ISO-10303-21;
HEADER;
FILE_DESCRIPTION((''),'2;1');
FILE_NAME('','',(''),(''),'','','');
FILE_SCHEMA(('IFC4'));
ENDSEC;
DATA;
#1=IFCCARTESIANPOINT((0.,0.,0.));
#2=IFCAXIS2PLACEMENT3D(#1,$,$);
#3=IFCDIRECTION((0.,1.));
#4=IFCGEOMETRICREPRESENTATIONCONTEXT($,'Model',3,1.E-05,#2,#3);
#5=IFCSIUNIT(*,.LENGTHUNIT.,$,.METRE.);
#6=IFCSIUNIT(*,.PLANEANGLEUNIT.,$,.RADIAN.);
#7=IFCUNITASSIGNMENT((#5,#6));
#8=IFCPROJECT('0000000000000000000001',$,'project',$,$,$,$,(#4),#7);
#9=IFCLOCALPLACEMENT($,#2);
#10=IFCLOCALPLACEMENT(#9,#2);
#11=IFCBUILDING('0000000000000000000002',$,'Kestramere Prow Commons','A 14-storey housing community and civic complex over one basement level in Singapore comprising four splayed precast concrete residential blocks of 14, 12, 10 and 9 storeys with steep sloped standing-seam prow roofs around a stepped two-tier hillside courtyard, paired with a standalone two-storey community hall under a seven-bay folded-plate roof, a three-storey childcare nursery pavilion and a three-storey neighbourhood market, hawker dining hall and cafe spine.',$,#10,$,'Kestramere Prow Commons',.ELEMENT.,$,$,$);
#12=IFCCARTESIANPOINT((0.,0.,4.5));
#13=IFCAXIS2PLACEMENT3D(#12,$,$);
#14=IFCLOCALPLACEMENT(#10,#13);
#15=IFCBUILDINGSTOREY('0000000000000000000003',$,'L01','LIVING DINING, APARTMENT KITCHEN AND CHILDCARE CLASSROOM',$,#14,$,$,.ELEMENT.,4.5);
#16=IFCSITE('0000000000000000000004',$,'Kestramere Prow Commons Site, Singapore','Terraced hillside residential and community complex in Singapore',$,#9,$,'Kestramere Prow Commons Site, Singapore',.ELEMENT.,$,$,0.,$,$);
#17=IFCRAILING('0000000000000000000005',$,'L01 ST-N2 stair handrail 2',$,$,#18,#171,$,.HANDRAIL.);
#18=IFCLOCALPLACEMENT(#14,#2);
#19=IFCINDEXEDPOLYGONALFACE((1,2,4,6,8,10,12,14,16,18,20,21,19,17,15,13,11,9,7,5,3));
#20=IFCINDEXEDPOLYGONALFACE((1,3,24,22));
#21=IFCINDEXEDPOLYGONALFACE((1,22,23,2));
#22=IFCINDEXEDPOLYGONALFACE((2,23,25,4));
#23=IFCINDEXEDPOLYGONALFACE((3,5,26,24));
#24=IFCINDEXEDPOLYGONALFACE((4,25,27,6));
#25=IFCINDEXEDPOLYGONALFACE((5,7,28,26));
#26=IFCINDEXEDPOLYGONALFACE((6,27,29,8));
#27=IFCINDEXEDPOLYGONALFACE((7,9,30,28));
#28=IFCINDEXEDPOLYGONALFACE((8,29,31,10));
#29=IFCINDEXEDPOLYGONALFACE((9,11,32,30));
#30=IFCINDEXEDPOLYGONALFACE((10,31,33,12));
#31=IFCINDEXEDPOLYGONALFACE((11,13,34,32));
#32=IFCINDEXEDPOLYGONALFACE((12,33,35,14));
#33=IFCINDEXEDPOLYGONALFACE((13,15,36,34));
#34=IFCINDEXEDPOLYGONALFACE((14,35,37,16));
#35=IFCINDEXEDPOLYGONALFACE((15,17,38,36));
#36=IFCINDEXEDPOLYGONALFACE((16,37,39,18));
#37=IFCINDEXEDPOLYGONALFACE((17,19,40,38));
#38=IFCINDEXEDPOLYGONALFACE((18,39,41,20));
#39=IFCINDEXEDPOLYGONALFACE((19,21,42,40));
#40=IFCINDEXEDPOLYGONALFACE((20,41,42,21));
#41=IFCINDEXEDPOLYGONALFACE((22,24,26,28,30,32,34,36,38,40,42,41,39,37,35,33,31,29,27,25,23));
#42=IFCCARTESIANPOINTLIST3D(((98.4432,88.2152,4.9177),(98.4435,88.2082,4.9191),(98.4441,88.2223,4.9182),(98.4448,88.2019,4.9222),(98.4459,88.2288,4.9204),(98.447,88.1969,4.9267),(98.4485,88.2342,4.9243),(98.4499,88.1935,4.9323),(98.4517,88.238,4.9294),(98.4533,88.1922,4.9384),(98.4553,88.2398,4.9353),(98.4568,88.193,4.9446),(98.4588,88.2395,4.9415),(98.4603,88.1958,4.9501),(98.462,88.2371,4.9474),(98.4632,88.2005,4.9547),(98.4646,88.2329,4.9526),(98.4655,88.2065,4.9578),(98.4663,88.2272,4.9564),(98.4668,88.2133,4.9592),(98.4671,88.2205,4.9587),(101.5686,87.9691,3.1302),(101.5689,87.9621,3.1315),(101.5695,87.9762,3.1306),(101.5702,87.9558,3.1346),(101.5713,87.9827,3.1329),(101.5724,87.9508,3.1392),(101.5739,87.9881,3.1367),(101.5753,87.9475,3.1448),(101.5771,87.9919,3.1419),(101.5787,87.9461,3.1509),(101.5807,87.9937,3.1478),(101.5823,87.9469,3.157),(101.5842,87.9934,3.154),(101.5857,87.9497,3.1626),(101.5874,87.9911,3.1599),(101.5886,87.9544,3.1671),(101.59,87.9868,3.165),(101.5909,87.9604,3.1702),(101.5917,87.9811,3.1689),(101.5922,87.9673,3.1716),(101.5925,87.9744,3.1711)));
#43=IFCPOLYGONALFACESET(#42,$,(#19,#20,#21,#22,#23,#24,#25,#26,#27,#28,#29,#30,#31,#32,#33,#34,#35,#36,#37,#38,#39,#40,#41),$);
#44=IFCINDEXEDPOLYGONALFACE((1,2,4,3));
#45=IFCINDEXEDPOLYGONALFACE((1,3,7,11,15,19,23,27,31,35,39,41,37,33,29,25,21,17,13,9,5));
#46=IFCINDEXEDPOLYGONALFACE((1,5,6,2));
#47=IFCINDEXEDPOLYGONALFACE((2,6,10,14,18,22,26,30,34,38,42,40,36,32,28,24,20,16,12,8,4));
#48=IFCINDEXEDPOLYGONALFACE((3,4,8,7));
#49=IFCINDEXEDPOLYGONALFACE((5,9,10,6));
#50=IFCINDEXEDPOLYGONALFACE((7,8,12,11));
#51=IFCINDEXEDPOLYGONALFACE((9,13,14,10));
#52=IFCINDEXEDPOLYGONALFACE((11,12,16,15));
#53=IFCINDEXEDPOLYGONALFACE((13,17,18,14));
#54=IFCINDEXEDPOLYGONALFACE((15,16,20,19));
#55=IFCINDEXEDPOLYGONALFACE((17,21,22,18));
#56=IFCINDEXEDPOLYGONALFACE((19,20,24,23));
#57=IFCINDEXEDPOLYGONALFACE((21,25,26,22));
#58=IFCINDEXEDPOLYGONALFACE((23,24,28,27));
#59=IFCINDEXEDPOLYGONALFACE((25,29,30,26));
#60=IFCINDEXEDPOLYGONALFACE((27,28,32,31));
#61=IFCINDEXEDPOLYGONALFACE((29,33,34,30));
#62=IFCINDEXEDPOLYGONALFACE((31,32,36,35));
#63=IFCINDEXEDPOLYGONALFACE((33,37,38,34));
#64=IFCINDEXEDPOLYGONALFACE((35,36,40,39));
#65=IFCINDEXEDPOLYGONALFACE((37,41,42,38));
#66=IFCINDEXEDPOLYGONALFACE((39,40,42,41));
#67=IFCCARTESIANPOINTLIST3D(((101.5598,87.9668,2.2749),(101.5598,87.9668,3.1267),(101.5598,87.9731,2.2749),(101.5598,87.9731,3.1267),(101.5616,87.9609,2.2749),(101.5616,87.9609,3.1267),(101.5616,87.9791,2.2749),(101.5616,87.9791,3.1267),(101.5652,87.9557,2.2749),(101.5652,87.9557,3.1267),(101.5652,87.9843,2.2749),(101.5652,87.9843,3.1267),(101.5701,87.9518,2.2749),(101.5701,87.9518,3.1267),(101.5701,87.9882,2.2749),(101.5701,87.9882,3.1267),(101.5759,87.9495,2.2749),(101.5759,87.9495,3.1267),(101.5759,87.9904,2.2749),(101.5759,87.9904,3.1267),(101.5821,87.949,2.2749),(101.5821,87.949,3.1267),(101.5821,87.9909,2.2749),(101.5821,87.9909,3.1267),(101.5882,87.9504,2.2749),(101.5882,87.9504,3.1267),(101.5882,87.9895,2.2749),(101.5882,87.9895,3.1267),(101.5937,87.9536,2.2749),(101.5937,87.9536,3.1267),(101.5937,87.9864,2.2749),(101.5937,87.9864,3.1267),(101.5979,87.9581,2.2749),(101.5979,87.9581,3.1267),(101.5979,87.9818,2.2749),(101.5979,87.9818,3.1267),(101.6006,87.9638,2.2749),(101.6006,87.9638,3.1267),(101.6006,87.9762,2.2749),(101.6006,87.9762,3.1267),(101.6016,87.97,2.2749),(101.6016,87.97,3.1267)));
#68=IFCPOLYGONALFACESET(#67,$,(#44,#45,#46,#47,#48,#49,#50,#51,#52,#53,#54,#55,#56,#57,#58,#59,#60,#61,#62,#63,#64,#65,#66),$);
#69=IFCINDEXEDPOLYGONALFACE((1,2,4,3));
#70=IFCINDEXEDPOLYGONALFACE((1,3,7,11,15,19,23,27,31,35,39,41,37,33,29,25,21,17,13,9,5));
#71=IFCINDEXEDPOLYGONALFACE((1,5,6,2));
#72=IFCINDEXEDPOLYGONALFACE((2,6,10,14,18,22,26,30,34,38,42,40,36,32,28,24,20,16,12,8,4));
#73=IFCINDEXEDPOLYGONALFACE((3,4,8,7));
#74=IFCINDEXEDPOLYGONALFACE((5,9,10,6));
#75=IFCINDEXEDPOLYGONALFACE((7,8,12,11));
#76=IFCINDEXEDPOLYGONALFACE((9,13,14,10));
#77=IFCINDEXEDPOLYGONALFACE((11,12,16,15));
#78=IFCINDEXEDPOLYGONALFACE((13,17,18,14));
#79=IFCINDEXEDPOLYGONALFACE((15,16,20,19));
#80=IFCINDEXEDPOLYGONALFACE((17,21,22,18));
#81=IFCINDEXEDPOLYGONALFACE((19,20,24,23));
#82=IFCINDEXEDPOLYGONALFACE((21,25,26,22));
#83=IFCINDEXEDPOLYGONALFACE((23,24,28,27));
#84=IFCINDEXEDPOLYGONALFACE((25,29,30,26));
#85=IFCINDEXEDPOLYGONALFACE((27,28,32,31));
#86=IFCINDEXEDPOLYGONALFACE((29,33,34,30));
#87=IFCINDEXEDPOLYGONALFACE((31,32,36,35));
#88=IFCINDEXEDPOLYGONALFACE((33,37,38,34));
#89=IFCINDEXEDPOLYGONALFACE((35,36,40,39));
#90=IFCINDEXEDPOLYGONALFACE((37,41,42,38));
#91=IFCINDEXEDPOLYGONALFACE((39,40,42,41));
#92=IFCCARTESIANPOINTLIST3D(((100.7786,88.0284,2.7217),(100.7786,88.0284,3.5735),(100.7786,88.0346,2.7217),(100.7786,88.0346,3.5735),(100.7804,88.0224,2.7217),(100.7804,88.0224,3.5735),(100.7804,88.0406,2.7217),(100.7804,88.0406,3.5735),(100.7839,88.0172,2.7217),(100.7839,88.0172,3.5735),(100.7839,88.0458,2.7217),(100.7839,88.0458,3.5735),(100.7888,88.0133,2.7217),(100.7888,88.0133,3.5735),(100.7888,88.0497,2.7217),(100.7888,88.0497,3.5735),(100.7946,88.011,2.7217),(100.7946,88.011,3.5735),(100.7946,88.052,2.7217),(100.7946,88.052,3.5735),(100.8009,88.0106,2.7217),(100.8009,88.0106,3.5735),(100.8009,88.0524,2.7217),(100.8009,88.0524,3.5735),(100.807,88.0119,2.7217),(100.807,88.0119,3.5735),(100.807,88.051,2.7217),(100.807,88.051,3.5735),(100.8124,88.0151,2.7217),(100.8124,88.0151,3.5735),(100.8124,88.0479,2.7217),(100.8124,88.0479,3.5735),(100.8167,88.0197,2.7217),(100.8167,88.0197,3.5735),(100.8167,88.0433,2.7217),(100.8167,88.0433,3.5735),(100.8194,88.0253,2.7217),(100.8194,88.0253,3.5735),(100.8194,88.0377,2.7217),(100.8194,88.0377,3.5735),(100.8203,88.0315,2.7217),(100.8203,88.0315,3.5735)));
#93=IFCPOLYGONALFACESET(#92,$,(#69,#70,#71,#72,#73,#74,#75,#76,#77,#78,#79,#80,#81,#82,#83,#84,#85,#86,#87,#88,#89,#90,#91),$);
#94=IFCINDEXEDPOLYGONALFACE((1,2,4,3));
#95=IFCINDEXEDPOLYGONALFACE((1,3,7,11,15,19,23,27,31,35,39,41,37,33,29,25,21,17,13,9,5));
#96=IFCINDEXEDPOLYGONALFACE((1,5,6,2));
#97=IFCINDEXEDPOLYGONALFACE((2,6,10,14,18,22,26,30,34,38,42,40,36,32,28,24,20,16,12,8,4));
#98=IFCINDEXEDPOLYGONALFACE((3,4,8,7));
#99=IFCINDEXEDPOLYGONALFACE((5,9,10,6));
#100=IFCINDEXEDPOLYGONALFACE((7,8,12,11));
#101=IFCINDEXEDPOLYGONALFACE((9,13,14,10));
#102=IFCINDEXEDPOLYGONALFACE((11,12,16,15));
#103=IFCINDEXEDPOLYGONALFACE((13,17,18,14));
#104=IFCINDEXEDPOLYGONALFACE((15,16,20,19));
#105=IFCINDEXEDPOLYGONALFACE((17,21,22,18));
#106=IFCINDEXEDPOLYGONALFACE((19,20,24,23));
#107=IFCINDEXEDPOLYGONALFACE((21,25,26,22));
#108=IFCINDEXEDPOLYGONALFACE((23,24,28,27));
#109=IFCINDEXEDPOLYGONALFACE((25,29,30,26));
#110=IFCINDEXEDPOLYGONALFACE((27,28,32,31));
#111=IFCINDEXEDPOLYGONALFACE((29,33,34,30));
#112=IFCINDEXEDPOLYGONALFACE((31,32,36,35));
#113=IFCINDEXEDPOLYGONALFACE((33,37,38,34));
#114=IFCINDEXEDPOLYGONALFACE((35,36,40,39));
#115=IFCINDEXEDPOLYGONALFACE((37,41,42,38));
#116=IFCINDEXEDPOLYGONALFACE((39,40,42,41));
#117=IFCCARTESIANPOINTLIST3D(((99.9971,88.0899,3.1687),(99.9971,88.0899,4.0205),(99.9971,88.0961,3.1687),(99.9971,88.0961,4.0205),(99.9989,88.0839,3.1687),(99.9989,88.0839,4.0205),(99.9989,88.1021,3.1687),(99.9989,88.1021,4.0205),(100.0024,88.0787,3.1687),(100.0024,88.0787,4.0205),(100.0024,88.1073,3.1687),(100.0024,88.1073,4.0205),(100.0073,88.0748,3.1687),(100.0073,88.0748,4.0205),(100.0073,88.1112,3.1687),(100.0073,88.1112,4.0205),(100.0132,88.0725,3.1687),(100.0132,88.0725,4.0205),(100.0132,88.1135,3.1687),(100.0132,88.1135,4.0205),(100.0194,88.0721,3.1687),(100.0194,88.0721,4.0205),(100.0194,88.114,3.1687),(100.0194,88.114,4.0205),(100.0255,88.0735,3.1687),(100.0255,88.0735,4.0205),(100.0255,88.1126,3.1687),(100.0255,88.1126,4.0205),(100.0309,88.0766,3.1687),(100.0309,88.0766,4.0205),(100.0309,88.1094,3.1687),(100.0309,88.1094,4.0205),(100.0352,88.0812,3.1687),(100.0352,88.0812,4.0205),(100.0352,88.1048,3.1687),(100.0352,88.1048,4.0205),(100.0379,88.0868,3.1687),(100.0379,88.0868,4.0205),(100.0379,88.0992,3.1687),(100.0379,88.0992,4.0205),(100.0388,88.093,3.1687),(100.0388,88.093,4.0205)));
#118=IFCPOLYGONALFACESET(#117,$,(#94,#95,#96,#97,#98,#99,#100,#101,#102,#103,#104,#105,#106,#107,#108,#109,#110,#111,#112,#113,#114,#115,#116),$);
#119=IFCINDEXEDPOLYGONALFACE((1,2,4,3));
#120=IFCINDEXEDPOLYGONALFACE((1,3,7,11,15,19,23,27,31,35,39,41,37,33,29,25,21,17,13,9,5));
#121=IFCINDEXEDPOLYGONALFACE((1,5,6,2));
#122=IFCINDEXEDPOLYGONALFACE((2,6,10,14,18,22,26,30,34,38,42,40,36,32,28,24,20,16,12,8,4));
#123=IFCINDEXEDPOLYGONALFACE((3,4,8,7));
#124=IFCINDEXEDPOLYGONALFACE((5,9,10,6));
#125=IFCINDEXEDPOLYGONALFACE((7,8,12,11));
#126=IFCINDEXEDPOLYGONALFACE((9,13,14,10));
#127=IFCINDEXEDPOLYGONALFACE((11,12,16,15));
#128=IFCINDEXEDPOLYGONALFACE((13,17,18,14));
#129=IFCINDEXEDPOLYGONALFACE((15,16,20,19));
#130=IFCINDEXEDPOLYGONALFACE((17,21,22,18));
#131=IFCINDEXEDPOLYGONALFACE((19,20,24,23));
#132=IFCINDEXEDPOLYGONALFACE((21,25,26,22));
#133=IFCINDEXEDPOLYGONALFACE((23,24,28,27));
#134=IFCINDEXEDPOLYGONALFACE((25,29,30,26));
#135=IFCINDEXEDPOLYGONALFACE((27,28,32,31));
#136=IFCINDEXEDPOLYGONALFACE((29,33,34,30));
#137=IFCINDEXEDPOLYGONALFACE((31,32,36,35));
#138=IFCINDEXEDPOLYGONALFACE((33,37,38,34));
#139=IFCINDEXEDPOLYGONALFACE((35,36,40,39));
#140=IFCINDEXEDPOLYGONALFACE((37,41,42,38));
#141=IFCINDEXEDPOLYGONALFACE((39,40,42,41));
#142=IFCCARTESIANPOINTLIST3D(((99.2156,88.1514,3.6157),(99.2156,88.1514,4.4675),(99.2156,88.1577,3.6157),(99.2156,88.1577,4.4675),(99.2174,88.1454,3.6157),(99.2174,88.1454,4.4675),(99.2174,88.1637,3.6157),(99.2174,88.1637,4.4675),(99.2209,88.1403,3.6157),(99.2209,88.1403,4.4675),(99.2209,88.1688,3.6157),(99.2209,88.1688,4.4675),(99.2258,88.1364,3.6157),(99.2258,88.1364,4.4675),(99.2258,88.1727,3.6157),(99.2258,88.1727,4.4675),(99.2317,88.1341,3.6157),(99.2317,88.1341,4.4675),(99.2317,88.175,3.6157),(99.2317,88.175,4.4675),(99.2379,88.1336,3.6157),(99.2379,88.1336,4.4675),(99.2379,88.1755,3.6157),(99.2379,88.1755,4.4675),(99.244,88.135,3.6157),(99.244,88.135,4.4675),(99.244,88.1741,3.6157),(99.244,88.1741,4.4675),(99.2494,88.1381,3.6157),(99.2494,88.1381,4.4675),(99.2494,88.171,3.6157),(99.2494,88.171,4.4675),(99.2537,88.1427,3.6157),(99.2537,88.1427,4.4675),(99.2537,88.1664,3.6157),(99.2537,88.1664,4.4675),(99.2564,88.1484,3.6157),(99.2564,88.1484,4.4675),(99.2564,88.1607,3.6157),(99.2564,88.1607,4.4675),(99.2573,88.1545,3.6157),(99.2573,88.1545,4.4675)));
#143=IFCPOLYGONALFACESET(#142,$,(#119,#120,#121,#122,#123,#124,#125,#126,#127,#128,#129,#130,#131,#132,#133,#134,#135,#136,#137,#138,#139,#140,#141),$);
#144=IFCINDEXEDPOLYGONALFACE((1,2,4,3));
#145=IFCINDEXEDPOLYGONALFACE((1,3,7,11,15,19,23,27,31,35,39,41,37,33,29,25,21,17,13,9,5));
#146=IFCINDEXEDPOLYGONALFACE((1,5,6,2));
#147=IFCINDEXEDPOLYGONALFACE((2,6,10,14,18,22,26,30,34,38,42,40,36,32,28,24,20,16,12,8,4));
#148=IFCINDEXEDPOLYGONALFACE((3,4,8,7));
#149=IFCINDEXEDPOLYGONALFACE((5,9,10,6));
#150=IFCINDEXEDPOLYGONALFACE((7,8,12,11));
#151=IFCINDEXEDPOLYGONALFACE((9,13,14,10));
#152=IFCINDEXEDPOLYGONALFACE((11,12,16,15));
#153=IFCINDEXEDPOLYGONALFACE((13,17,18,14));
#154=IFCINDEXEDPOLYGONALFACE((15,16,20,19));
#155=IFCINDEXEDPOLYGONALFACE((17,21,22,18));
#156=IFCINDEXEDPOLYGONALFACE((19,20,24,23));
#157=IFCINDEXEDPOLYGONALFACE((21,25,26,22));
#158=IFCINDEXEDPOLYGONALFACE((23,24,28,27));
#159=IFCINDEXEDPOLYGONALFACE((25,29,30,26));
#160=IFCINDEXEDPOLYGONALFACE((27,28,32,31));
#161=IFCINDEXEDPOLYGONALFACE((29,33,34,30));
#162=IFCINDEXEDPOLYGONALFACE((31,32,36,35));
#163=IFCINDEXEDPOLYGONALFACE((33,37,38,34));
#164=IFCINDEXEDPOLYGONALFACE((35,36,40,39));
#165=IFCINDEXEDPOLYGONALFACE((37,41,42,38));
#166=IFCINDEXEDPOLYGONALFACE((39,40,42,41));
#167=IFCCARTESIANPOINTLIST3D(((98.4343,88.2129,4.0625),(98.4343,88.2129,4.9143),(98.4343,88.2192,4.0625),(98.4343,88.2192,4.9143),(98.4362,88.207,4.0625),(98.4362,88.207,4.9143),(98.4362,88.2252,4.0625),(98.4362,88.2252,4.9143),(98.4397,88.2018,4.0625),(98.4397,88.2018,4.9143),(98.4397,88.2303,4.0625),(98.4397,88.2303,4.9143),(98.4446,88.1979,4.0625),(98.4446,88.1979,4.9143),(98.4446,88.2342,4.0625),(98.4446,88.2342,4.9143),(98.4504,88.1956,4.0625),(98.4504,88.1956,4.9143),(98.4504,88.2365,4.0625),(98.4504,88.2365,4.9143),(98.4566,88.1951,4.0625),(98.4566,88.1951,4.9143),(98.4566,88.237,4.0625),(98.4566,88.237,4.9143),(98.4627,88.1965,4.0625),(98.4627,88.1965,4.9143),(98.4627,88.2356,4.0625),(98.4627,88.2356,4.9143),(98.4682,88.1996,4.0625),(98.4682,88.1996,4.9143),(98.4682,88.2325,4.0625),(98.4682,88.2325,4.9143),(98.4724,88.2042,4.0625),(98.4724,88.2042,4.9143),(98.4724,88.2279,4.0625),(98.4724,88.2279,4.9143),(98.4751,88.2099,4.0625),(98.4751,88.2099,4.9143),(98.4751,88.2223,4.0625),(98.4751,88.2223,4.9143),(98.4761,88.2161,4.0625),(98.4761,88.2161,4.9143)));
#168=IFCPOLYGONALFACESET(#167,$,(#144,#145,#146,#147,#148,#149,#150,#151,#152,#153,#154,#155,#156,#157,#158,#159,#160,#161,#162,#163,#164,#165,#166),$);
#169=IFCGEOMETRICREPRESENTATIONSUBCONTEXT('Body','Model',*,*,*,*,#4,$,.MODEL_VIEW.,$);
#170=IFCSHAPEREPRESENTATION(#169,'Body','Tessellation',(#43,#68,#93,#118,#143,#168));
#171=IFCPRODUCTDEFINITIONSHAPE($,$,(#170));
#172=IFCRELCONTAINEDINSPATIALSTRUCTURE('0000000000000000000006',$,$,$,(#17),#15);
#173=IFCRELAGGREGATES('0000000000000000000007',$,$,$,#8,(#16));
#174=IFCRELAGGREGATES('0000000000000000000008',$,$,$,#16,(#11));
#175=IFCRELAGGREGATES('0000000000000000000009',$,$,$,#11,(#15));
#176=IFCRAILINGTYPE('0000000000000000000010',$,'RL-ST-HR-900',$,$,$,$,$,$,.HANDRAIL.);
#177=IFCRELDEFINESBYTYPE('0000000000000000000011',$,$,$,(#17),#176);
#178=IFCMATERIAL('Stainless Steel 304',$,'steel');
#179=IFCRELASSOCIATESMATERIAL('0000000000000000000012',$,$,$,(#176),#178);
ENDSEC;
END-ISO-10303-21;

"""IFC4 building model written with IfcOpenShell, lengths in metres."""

from ifc_helpers import new_model, si_unit, direction, frame, origin, origin_2d, place, context, subcontext, project, spatial, circle, extrude, material, type_object, element, save


model = new_model("IFC4")

# Units and contexts
model_context = context("Model", 3, precision=1e-05, world=origin(), true_north=direction((0.0, 1.0)))
body_context = subcontext(model_context, "Body", "Model", "MODEL_VIEW")
ifc_project = project(units=[si_unit("LENGTHUNIT", "METRE"), si_unit("PLANEANGLEUNIT", "RADIAN")], contexts=[model_context])

# Site, building, storey
site_placement = place(None, origin())
site = spatial("IfcSite", under=ifc_project, at=site_placement, Name="Kestramere Prow Commons Site, Singapore", Description="Terraced hillside residential and community complex in Singapore", LongName="Kestramere Prow Commons Site, Singapore", CompositionType="ELEMENT", RefElevation=0.0)
building_placement = place(site_placement, origin())
building = spatial("IfcBuilding", under=site, at=building_placement, Name="Kestramere Prow Commons", Description="A 14-storey housing community and civic complex over one basement level in Singapore comprising four splayed precast concrete residential blocks of 14, 12, 10 and 9 storeys with steep sloped standing-seam prow roofs around a stepped two-tier hillside courtyard, paired with a standalone two-storey community hall under a seven-bay folded-plate roof, a three-storey childcare nursery pavilion and a three-storey neighbourhood market, hawker dining hall and cafe spine.", LongName="Kestramere Prow Commons", CompositionType="ELEMENT")
storey_placement = place(building_placement, frame((0.0, 0.0, 4.5)))
storey = spatial("IfcBuildingStorey", under=building, at=storey_placement, Name="L01", Description="LIVING DINING, APARTMENT KITCHEN AND CHILDCARE CLASSROOM", CompositionType="ELEMENT", Elevation=4.5)

# Railing
ifc_material_1 = material(Name="Stainless Steel 304", Category="steel")
railing_type_1 = type_object("IfcRailingType", Name="RL-ST-HR-900", PredefinedType="HANDRAIL", material=ifc_material_1)
railing_1_placement = place(storey_placement, frame((101.5806, 87.97, 2.2749)))
element("IfcRailing", 1, at=railing_1_placement, inside=storey, type_object=railing_type_1, Name="L01 ST-N2 stair handrail 2", PredefinedType="HANDRAIL", context=body_context, shape_type="SweptSolid", body=[
    extrude(circle(Radius=0.0239, at=origin_2d()), frame((0.0, 0.0, 0.876), z_axis=(-0.866031, 0.068189, 0.495319), x_axis=(-0.078495, -0.996915, 0.0)), (0.0, 0.0, 1.0), 3.6089),
    extrude(circle(Radius=0.021, at=origin_2d()), origin(), (0.0, 0.0, 1.0), 0.8518),
    extrude(circle(Radius=0.021, at=origin_2d()), frame((-0.7812, 0.0615, 0.4468)), (0.0, 0.0, 1.0), 0.8518),
    extrude(circle(Radius=0.021, at=origin_2d()), frame((-1.5627, 0.123, 0.8938)), (0.0, 0.0, 1.0), 0.8518),
    extrude(circle(Radius=0.021, at=origin_2d()), frame((-2.3442, 0.1846, 1.3408)), (0.0, 0.0, 1.0), 0.8518),
    extrude(circle(Radius=0.021, at=origin_2d()), frame((-3.1255, 0.2461, 1.7876)), (0.0, 0.0, 1.0), 0.8518),
])

save(model, "model.ifc")
